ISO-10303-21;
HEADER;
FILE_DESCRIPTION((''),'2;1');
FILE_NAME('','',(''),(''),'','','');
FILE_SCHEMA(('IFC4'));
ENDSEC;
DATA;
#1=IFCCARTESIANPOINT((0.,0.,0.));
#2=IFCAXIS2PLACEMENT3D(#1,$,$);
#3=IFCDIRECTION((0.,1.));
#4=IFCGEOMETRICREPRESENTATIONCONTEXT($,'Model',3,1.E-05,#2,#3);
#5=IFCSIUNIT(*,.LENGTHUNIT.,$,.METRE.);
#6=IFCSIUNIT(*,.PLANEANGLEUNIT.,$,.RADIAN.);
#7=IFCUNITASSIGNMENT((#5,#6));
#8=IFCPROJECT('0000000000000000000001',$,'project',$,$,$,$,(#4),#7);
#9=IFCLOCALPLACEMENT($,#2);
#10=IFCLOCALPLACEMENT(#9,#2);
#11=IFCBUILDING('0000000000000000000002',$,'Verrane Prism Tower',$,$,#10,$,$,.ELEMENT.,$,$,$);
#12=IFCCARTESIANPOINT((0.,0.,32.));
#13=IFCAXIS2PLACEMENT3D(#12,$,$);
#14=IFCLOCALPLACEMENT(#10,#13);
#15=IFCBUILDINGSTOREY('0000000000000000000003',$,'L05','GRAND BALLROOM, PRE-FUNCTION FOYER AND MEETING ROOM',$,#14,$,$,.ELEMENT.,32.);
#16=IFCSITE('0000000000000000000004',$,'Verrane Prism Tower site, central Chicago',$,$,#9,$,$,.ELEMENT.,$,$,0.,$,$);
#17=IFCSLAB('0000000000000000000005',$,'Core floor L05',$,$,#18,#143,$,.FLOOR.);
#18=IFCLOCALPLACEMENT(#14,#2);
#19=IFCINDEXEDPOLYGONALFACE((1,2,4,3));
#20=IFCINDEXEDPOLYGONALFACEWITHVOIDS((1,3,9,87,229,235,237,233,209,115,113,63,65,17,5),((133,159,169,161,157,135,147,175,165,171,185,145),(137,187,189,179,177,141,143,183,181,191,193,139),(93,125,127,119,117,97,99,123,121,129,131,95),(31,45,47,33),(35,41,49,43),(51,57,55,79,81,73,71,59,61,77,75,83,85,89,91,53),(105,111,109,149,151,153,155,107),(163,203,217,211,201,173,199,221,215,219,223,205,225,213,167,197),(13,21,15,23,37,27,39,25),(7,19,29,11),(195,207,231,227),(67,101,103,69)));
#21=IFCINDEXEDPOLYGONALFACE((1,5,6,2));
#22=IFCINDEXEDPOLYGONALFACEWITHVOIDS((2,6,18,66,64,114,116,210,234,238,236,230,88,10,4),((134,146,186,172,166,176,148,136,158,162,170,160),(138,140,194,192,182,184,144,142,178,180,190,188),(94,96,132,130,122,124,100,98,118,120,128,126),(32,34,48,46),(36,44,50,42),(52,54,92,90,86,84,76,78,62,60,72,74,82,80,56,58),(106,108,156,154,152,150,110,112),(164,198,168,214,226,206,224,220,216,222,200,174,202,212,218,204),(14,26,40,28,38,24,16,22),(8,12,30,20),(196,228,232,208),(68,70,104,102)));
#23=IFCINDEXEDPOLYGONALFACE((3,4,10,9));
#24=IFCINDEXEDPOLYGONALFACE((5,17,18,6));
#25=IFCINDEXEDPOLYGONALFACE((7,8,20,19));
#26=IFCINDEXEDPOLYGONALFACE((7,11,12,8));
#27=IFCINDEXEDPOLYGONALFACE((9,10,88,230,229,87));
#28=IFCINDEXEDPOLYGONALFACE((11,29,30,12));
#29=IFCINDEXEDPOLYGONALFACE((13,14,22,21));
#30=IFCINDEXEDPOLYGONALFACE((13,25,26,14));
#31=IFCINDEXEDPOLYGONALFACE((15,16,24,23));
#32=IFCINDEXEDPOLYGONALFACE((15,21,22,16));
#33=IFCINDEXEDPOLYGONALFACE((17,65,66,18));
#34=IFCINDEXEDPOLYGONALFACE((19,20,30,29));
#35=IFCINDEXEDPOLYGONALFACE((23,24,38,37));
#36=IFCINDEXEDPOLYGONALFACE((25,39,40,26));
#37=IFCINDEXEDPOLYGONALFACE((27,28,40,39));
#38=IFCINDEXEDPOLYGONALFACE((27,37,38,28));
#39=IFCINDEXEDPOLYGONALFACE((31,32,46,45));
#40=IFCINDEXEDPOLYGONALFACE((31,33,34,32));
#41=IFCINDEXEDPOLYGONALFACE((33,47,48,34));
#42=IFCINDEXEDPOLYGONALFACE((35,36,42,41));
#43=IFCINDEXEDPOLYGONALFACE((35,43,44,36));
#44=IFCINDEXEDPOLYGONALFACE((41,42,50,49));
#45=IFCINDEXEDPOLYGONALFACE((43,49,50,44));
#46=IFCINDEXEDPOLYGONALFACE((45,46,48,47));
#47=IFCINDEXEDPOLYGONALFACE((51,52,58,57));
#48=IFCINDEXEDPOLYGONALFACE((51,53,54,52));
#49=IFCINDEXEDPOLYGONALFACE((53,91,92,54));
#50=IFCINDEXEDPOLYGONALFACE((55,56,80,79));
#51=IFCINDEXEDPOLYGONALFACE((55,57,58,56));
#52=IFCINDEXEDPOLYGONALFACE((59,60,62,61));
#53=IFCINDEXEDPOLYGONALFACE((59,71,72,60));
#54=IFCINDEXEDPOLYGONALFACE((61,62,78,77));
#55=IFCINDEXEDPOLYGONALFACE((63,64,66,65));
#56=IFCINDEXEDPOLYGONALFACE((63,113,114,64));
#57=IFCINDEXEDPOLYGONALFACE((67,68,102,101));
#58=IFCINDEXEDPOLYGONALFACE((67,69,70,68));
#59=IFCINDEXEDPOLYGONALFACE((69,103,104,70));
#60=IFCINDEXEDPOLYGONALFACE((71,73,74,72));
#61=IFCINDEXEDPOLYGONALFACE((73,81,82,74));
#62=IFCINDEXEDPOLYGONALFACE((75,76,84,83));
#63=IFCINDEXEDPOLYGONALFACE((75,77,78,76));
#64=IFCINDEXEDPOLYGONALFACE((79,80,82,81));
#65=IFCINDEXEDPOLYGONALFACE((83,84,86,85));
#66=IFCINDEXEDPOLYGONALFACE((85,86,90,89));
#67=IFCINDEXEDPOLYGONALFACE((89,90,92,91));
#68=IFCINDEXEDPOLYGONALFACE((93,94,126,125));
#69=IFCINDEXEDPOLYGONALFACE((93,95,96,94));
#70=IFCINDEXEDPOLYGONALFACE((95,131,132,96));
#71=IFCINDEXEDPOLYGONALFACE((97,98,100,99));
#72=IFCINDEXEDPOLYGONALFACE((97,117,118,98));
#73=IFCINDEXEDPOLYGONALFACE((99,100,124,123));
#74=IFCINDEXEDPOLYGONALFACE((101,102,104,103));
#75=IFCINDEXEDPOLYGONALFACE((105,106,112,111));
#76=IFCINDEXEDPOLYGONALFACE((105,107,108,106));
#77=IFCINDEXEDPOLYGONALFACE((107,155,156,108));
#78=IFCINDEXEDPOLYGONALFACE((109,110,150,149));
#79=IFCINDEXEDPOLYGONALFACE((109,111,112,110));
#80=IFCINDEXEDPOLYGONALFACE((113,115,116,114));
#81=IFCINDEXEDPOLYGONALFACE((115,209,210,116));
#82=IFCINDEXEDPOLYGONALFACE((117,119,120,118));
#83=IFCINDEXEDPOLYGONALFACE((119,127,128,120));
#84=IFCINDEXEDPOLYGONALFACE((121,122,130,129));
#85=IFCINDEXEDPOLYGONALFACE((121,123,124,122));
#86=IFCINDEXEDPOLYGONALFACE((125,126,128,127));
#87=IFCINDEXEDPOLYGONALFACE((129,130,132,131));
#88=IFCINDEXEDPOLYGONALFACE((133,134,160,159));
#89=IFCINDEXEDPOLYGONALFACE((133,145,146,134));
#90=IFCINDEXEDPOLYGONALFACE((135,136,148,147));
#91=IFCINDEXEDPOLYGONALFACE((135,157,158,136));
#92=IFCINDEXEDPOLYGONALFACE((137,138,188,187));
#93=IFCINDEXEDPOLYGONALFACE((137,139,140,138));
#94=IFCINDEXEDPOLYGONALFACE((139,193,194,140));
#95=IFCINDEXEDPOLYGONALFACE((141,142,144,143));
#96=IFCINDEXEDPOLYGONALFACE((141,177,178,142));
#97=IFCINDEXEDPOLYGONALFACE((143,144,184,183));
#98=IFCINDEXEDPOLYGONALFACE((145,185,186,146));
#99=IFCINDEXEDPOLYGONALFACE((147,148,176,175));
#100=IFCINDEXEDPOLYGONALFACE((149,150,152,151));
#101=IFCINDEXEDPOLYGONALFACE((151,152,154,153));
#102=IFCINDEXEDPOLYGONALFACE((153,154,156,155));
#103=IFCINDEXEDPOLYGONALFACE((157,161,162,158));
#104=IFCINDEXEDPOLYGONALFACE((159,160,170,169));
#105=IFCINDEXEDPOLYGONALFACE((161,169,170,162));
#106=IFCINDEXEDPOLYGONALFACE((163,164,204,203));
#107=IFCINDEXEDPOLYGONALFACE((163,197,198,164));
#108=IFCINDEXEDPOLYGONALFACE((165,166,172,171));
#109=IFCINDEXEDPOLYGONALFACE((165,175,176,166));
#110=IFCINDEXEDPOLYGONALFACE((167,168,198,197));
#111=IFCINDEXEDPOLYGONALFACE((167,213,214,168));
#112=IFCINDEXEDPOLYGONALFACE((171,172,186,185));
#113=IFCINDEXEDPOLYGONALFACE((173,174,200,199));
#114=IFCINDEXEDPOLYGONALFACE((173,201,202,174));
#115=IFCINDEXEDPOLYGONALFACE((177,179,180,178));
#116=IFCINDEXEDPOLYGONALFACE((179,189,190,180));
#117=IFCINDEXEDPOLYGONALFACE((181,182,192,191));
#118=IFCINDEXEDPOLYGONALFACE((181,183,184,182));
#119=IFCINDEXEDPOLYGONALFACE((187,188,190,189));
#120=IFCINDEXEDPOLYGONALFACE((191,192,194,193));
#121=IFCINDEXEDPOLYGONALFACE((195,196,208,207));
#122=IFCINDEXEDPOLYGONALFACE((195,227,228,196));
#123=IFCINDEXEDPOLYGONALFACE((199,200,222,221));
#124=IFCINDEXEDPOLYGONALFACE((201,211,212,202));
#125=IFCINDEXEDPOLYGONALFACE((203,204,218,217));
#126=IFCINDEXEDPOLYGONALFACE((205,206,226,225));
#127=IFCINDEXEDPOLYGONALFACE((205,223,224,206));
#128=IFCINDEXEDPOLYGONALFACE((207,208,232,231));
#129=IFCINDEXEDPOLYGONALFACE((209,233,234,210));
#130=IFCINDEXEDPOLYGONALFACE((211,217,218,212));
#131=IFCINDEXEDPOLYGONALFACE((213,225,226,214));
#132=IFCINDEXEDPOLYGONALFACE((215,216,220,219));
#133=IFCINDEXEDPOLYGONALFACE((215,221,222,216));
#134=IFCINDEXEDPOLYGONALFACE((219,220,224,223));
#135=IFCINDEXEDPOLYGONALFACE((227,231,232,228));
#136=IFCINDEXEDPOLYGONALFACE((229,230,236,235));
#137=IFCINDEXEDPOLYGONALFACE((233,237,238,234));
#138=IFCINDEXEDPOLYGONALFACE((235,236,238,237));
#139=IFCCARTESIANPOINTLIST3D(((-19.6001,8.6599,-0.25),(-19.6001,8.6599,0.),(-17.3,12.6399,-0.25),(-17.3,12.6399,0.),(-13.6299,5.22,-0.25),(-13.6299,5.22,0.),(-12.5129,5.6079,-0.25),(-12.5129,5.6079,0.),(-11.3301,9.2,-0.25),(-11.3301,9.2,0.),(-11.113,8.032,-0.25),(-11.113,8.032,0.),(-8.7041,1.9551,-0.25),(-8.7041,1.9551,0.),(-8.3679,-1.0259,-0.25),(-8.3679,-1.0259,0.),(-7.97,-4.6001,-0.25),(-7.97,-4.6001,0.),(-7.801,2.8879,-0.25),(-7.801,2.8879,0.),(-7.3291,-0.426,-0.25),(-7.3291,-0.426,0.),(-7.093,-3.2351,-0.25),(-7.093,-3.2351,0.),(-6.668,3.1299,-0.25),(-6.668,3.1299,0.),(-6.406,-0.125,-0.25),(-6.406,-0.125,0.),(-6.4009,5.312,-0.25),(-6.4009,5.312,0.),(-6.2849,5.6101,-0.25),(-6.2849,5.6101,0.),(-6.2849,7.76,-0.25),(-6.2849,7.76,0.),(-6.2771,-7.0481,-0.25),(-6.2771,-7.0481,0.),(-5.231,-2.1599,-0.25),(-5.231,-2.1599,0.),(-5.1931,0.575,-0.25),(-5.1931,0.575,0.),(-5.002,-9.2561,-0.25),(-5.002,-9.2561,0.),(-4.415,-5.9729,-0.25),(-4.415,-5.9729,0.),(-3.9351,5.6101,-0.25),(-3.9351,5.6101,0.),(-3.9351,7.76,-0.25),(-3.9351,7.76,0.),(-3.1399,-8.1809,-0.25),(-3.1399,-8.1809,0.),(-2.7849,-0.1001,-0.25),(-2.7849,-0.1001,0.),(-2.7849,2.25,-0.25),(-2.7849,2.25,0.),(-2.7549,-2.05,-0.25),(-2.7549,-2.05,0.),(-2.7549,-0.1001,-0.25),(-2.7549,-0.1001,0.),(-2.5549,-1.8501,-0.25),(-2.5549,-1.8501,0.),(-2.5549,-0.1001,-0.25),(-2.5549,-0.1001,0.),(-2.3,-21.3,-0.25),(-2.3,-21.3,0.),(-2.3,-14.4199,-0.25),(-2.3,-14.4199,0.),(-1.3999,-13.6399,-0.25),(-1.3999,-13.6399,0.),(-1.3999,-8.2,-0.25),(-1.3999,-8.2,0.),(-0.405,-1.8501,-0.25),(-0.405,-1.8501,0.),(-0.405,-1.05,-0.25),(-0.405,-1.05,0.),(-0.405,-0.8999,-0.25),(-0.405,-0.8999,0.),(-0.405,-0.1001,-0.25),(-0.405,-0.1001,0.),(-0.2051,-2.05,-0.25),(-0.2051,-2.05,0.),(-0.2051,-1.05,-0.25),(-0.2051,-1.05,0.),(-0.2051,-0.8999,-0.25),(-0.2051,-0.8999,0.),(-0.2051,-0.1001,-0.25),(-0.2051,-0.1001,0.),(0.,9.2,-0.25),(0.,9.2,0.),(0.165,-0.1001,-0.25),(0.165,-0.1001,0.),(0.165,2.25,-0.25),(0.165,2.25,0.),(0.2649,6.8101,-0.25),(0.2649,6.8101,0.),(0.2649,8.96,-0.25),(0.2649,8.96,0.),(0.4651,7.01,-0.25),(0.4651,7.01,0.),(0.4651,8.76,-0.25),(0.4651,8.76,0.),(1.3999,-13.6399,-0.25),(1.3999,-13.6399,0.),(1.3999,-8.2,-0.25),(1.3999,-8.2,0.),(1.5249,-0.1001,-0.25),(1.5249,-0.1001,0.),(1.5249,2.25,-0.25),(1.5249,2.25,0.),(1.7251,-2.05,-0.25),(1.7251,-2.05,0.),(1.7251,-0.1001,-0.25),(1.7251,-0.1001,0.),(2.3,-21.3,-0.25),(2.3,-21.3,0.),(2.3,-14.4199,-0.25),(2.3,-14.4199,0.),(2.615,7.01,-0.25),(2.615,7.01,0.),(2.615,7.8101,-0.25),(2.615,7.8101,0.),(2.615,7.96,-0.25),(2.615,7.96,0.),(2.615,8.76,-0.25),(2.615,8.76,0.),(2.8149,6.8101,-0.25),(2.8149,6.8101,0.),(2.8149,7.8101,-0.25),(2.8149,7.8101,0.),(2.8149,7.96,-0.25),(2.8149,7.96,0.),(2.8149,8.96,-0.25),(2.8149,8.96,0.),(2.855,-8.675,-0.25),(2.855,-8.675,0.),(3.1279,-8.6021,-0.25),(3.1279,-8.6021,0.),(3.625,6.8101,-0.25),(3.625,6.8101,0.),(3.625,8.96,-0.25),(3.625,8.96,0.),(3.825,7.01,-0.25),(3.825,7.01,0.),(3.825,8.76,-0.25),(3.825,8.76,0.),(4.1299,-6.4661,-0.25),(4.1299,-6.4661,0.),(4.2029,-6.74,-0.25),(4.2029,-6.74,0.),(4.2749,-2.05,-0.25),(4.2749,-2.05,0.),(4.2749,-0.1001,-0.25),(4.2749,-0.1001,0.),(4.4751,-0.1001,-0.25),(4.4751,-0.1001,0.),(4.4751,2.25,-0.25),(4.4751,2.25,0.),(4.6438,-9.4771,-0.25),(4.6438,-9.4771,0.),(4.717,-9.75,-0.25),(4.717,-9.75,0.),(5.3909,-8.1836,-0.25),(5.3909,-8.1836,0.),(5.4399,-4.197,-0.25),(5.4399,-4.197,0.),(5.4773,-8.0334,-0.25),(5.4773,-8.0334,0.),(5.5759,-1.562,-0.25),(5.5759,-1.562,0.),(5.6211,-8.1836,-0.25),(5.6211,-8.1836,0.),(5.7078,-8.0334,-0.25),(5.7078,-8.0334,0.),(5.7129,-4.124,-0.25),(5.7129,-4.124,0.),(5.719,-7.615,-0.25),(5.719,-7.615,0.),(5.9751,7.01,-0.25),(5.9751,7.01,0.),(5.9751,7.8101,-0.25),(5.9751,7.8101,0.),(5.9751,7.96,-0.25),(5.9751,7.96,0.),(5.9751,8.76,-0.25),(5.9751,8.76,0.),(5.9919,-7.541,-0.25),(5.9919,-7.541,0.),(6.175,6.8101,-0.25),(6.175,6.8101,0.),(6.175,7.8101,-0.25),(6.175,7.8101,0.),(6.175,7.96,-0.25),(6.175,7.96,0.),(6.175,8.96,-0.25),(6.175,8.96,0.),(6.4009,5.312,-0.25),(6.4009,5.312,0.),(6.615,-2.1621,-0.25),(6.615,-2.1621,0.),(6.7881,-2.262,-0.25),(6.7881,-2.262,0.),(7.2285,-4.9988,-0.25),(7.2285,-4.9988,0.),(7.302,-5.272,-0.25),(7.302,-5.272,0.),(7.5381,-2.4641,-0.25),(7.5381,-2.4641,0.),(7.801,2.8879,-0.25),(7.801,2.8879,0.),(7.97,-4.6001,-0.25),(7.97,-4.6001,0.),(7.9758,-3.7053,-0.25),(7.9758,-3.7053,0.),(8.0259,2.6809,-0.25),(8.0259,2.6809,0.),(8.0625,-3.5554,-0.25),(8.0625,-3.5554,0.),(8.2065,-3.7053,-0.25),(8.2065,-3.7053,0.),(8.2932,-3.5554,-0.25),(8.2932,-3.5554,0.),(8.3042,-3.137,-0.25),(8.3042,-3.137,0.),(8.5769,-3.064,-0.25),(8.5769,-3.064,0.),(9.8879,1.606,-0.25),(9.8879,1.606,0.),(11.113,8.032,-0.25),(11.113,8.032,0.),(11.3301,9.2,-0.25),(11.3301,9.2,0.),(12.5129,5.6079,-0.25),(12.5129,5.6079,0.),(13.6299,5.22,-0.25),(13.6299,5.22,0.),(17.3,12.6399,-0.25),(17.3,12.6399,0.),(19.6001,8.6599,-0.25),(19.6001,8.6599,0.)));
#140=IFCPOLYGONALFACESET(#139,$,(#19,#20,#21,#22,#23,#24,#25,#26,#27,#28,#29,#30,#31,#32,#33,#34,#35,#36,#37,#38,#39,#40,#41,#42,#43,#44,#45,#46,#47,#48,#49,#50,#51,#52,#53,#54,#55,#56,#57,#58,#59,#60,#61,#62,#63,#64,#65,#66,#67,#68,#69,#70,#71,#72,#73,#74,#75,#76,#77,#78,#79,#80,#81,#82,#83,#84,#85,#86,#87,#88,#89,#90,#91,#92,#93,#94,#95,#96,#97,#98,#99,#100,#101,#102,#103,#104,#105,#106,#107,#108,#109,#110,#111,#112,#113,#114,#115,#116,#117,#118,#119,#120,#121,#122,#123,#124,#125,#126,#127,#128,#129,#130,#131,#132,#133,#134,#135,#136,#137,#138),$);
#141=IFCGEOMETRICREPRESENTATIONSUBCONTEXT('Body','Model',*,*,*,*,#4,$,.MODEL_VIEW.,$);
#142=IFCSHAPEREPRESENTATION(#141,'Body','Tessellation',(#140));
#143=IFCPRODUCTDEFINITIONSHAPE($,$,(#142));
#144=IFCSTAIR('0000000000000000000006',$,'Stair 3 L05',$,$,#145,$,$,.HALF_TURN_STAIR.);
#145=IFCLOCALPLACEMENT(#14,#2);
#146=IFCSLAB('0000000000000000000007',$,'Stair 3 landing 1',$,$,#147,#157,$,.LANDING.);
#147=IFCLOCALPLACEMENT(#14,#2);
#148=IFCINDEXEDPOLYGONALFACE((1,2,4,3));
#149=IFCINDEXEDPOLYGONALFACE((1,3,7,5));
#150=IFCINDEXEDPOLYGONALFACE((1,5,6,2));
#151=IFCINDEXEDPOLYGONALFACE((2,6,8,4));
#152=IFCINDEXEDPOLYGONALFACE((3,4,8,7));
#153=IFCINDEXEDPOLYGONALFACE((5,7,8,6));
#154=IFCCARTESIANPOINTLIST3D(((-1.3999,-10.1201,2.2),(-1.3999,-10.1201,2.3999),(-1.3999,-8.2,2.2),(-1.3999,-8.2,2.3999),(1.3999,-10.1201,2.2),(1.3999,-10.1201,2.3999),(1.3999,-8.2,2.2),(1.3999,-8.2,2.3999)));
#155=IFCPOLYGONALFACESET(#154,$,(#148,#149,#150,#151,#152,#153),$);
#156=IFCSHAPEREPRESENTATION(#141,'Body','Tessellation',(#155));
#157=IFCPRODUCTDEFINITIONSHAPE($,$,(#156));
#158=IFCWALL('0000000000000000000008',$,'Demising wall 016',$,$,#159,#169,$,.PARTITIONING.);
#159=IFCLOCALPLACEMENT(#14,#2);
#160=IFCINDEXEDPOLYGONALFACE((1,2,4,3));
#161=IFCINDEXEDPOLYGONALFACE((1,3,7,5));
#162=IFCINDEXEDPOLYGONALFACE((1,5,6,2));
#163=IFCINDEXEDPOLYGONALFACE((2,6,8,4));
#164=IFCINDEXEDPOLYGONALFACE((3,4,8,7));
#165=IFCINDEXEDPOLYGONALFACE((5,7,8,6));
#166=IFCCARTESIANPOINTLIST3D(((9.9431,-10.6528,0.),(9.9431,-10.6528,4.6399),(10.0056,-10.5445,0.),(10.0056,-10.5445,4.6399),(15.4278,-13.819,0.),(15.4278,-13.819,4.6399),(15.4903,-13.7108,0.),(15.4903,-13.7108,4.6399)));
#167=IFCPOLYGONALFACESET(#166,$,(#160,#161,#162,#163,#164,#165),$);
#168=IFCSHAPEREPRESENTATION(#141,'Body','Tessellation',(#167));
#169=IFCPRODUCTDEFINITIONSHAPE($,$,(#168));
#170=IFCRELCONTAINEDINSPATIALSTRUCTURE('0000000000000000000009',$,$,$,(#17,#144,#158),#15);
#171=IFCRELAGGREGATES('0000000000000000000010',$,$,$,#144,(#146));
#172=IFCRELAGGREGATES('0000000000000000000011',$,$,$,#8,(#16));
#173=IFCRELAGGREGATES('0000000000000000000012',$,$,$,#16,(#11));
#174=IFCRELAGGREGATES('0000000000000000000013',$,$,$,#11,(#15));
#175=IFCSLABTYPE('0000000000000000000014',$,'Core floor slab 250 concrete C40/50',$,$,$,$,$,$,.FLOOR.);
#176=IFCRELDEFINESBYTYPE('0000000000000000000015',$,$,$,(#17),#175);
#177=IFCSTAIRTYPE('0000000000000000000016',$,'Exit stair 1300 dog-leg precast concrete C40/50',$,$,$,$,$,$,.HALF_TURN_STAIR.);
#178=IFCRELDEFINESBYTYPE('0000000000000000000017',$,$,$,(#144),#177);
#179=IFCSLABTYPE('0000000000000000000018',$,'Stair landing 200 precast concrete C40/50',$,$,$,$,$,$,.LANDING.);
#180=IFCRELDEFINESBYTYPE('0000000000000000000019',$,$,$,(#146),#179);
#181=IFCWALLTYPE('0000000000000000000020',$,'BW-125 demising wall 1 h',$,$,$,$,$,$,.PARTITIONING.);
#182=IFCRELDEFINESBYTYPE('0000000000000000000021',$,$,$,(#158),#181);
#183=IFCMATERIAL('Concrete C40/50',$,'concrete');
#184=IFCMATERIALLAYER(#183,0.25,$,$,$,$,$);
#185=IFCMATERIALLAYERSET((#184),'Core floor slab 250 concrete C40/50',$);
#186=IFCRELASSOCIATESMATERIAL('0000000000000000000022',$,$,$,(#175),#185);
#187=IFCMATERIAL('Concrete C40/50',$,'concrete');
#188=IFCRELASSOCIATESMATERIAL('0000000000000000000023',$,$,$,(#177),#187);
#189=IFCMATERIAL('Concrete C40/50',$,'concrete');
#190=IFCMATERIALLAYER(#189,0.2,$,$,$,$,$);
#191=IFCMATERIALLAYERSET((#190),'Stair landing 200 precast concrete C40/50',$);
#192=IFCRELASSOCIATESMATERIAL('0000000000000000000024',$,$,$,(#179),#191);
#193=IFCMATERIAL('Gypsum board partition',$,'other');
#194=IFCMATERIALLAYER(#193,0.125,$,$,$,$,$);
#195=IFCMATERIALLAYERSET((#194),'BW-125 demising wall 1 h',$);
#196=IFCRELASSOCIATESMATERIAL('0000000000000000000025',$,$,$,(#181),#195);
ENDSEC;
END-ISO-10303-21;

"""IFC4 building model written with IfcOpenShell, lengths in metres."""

from ifc_helpers import new_model, si_unit, direction, frame, frame_2d, origin, place, context, subcontext, project, spatial, polyline, rectangle, outline, extrude, material, layer, layer_set, type_object, element, aggregate, save


model = new_model("IFC4")

# Units and contexts
model_context = context("Model", 3, precision=1e-05, world=origin(), true_north=direction((0.0, 1.0)))
body_context = subcontext(model_context, "Body", "Model", "MODEL_VIEW")
ifc_project = project(units=[si_unit("LENGTHUNIT", "METRE"), si_unit("PLANEANGLEUNIT", "RADIAN")], contexts=[model_context])

# Site, building, storey
site_placement = place(None, origin())
site = spatial("IfcSite", under=ifc_project, at=site_placement, Name="Verrane Prism Tower site, central Chicago", CompositionType="ELEMENT", RefElevation=0.0)
building_placement = place(site_placement, origin())
building = spatial("IfcBuilding", under=site, at=building_placement, Name="Verrane Prism Tower", CompositionType="ELEMENT")
storey_placement = place(building_placement, frame((0.0, 0.0, 32.0)))
storey = spatial("IfcBuildingStorey", under=building, at=storey_placement, Name="L05", Description="GRAND BALLROOM, PRE-FUNCTION FOYER AND MEETING ROOM", CompositionType="ELEMENT", Elevation=32.0)

# Slab
ifc_material_1 = material(Name="Concrete C40/50", Category="concrete")
ifc_layer_1 = layer(ifc_material_1, 0.25)
ifc_layer_set_1 = layer_set([ifc_layer_1], Name="Core floor slab 250 concrete C40/50")
slab_type_1 = type_object("IfcSlabType", Name="Core floor slab 250 concrete C40/50", PredefinedType="FLOOR", material=ifc_layer_set_1)
slab_1_placement = place(storey_placement, frame((0.0, 0.0, -0.25)))
element("IfcSlab", 1, at=slab_1_placement, inside=storey, type_object=slab_type_1, Name="Core floor L05", PredefinedType="FLOOR", context=body_context, shape_type="SweptSolid", body=[
    extrude(outline(polyline([(13.6299, 5.22), (19.6001, 8.6599), (17.3, 12.6399), (11.3301, 9.2), (0.0, 9.2), (-11.3301, 9.2), (-17.3, 12.6399), (-19.6001, 8.6599), (-13.6299, 5.22), (-7.97, -4.6001), (-2.3, -14.4199), (-2.3, -21.3), (2.3, -21.3), (2.3, -14.4199), (7.97, -4.6001), (13.6299, 5.22)]), holes=[polyline([(1.3999, -8.2), (1.3999, -13.6399), (-1.3999, -13.6399), (-1.3999, -8.2), (1.3999, -8.2)]), polyline([(-3.1399, -8.1809), (-5.002, -9.2561), (-6.2771, -7.0481), (-4.415, -5.9729), (-3.1399, -8.1809)]), polyline([(0.165, 2.25), (0.165, -0.1001), (-0.2051, -0.1001), (-0.2051, -0.8999), (-0.405, -0.8999), (-0.405, -0.1001), (-2.5549, -0.1001), (-2.5549, -1.8501), (-0.405, -1.8501), (-0.405, -1.05), (-0.2051, -1.05), (-0.2051, -2.05), (-2.7549, -2.05), (-2.7549, -0.1001), (-2.7849, -0.1001), (-2.7849, 2.25), (0.165, 2.25)]), polyline([(-7.801, 2.8879), (-12.5129, 5.6079), (-11.113, 8.032), (-6.4009, 5.312), (-7.801, 2.8879)]), polyline([(-6.2849, 5.6101), (-6.2849, 7.76), (-3.9351, 7.76), (-3.9351, 5.6101), (-6.2849, 5.6101)]), polyline([(2.8149, 7.96), (2.615, 7.96), (2.615, 8.76), (0.4651, 8.76), (0.4651, 7.01), (2.615, 7.01), (2.615, 7.8101), (2.8149, 7.8101), (2.8149, 6.8101), (0.2649, 6.8101), (0.2649, 8.96), (2.8149, 8.96), (2.8149, 7.96)]), polyline([(5.9919, -7.541), (5.7078, -8.0334), (5.4773, -8.0334), (5.719, -7.615), (4.2029, -6.74), (3.1279, -8.6021), (4.6438, -9.4771), (5.3909, -8.1836), (5.6211, -8.1836), (4.717, -9.75), (2.855, -8.675), (4.1299, -6.4661), (5.9919, -7.541)]), polyline([(1.7251, -2.05), (1.7251, -0.1001), (1.5249, -0.1001), (1.5249, 2.25), (4.4751, 2.25), (4.4751, -0.1001), (4.2749, -0.1001), (4.2749, -2.05), (1.7251, -2.05)]), polyline([(11.113, 8.032), (12.5129, 5.6079), (7.801, 2.8879), (6.4009, 5.312), (11.113, 8.032)]), polyline([(3.825, 7.01), (5.9751, 7.01), (5.9751, 7.8101), (6.175, 7.8101), (6.175, 6.8101), (3.625, 6.8101), (3.625, 8.96), (6.175, 8.96), (6.175, 7.96), (5.9751, 7.96), (5.9751, 8.76), (3.825, 8.76), (3.825, 7.01)]), polyline([(-5.231, -2.1599), (-7.093, -3.2351), (-8.3679, -1.0259), (-7.3291, -0.426), (-8.7041, 1.9551), (-6.668, 3.1299), (-5.1931, 0.575), (-6.406, -0.125), (-5.231, -2.1599)]), polyline([(6.615, -2.1621), (5.5759, -1.562), (8.0259, 2.6809), (9.8879, 1.606), (7.5381, -2.4641), (8.5769, -3.064), (8.2932, -3.5554), (8.0625, -3.5554), (8.3042, -3.137), (6.7881, -2.262), (5.7129, -4.124), (7.2285, -4.9988), (7.9758, -3.7053), (8.2065, -3.7053), (7.302, -5.272), (5.4399, -4.197), (6.615, -2.1621)])]), origin(), (0.0, 0.0, 1.0), 0.25),
])

# Stair, slab
ifc_material_2 = material(Name="Concrete C40/50", Category="concrete")
stair_type = type_object("IfcStairType", Name="Exit stair 1300 dog-leg precast concrete C40/50", PredefinedType="HALF_TURN_STAIR", material=ifc_material_2)
stair_placement = place(storey_placement, origin())
stair = element("IfcStair", 2, at=stair_placement, inside=storey, type_object=stair_type, Name="Stair 3 L05", PredefinedType="HALF_TURN_STAIR")
ifc_material_3 = material(Name="Concrete C40/50", Category="concrete")
ifc_layer_2 = layer(ifc_material_3, 0.2)
ifc_layer_set_2 = layer_set([ifc_layer_2], Name="Stair landing 200 precast concrete C40/50")
slab_type_2 = type_object("IfcSlabType", Name="Stair landing 200 precast concrete C40/50", PredefinedType="LANDING", material=ifc_layer_set_2)
slab_2_placement = place(storey_placement, frame((0.0, 0.0, 2.2)))
slab_2 = element("IfcSlab", 3, at=slab_2_placement, type_object=slab_type_2, Name="Stair 3 landing 1", PredefinedType="LANDING", context=body_context, shape_type="SweptSolid", body=[
    extrude(outline(polyline([(1.3999, -10.1201), (1.3999, -8.2), (-1.3999, -8.2), (-1.3999, -10.1201), (1.3999, -10.1201)])), origin(), (0.0, 0.0, 1.0), 0.2),
])
aggregate(stair, [slab_2])

# Wall
ifc_material_4 = material(Name="Gypsum board partition", Category="other")
ifc_layer_3 = layer(ifc_material_4, 0.125)
ifc_layer_set_3 = layer_set([ifc_layer_3], Name="BW-125 demising wall 1 h")
wall_type_1 = type_object("IfcWallType", Name="BW-125 demising wall 1 h", PredefinedType="PARTITIONING", material=ifc_layer_set_3)
wall_1_placement = place(storey_placement, frame((9.9744, -10.5986, 0.0), z_axis=(0.0, 0.0, 1.0), x_axis=(0.866045, -0.499966, 0.0)))
element("IfcWall", 4, at=wall_1_placement, inside=storey, type_object=wall_type_1, Name="Demising wall 016", PredefinedType="PARTITIONING", context=body_context, shape_type="SweptSolid", body=[
    extrude(rectangle(XDim=6.333, YDim=0.125, at=frame_2d((3.1665, 0.0))), origin(), (0.0, 0.0, 1.0), 4.6399),
])

save(model, "model.ifc")
